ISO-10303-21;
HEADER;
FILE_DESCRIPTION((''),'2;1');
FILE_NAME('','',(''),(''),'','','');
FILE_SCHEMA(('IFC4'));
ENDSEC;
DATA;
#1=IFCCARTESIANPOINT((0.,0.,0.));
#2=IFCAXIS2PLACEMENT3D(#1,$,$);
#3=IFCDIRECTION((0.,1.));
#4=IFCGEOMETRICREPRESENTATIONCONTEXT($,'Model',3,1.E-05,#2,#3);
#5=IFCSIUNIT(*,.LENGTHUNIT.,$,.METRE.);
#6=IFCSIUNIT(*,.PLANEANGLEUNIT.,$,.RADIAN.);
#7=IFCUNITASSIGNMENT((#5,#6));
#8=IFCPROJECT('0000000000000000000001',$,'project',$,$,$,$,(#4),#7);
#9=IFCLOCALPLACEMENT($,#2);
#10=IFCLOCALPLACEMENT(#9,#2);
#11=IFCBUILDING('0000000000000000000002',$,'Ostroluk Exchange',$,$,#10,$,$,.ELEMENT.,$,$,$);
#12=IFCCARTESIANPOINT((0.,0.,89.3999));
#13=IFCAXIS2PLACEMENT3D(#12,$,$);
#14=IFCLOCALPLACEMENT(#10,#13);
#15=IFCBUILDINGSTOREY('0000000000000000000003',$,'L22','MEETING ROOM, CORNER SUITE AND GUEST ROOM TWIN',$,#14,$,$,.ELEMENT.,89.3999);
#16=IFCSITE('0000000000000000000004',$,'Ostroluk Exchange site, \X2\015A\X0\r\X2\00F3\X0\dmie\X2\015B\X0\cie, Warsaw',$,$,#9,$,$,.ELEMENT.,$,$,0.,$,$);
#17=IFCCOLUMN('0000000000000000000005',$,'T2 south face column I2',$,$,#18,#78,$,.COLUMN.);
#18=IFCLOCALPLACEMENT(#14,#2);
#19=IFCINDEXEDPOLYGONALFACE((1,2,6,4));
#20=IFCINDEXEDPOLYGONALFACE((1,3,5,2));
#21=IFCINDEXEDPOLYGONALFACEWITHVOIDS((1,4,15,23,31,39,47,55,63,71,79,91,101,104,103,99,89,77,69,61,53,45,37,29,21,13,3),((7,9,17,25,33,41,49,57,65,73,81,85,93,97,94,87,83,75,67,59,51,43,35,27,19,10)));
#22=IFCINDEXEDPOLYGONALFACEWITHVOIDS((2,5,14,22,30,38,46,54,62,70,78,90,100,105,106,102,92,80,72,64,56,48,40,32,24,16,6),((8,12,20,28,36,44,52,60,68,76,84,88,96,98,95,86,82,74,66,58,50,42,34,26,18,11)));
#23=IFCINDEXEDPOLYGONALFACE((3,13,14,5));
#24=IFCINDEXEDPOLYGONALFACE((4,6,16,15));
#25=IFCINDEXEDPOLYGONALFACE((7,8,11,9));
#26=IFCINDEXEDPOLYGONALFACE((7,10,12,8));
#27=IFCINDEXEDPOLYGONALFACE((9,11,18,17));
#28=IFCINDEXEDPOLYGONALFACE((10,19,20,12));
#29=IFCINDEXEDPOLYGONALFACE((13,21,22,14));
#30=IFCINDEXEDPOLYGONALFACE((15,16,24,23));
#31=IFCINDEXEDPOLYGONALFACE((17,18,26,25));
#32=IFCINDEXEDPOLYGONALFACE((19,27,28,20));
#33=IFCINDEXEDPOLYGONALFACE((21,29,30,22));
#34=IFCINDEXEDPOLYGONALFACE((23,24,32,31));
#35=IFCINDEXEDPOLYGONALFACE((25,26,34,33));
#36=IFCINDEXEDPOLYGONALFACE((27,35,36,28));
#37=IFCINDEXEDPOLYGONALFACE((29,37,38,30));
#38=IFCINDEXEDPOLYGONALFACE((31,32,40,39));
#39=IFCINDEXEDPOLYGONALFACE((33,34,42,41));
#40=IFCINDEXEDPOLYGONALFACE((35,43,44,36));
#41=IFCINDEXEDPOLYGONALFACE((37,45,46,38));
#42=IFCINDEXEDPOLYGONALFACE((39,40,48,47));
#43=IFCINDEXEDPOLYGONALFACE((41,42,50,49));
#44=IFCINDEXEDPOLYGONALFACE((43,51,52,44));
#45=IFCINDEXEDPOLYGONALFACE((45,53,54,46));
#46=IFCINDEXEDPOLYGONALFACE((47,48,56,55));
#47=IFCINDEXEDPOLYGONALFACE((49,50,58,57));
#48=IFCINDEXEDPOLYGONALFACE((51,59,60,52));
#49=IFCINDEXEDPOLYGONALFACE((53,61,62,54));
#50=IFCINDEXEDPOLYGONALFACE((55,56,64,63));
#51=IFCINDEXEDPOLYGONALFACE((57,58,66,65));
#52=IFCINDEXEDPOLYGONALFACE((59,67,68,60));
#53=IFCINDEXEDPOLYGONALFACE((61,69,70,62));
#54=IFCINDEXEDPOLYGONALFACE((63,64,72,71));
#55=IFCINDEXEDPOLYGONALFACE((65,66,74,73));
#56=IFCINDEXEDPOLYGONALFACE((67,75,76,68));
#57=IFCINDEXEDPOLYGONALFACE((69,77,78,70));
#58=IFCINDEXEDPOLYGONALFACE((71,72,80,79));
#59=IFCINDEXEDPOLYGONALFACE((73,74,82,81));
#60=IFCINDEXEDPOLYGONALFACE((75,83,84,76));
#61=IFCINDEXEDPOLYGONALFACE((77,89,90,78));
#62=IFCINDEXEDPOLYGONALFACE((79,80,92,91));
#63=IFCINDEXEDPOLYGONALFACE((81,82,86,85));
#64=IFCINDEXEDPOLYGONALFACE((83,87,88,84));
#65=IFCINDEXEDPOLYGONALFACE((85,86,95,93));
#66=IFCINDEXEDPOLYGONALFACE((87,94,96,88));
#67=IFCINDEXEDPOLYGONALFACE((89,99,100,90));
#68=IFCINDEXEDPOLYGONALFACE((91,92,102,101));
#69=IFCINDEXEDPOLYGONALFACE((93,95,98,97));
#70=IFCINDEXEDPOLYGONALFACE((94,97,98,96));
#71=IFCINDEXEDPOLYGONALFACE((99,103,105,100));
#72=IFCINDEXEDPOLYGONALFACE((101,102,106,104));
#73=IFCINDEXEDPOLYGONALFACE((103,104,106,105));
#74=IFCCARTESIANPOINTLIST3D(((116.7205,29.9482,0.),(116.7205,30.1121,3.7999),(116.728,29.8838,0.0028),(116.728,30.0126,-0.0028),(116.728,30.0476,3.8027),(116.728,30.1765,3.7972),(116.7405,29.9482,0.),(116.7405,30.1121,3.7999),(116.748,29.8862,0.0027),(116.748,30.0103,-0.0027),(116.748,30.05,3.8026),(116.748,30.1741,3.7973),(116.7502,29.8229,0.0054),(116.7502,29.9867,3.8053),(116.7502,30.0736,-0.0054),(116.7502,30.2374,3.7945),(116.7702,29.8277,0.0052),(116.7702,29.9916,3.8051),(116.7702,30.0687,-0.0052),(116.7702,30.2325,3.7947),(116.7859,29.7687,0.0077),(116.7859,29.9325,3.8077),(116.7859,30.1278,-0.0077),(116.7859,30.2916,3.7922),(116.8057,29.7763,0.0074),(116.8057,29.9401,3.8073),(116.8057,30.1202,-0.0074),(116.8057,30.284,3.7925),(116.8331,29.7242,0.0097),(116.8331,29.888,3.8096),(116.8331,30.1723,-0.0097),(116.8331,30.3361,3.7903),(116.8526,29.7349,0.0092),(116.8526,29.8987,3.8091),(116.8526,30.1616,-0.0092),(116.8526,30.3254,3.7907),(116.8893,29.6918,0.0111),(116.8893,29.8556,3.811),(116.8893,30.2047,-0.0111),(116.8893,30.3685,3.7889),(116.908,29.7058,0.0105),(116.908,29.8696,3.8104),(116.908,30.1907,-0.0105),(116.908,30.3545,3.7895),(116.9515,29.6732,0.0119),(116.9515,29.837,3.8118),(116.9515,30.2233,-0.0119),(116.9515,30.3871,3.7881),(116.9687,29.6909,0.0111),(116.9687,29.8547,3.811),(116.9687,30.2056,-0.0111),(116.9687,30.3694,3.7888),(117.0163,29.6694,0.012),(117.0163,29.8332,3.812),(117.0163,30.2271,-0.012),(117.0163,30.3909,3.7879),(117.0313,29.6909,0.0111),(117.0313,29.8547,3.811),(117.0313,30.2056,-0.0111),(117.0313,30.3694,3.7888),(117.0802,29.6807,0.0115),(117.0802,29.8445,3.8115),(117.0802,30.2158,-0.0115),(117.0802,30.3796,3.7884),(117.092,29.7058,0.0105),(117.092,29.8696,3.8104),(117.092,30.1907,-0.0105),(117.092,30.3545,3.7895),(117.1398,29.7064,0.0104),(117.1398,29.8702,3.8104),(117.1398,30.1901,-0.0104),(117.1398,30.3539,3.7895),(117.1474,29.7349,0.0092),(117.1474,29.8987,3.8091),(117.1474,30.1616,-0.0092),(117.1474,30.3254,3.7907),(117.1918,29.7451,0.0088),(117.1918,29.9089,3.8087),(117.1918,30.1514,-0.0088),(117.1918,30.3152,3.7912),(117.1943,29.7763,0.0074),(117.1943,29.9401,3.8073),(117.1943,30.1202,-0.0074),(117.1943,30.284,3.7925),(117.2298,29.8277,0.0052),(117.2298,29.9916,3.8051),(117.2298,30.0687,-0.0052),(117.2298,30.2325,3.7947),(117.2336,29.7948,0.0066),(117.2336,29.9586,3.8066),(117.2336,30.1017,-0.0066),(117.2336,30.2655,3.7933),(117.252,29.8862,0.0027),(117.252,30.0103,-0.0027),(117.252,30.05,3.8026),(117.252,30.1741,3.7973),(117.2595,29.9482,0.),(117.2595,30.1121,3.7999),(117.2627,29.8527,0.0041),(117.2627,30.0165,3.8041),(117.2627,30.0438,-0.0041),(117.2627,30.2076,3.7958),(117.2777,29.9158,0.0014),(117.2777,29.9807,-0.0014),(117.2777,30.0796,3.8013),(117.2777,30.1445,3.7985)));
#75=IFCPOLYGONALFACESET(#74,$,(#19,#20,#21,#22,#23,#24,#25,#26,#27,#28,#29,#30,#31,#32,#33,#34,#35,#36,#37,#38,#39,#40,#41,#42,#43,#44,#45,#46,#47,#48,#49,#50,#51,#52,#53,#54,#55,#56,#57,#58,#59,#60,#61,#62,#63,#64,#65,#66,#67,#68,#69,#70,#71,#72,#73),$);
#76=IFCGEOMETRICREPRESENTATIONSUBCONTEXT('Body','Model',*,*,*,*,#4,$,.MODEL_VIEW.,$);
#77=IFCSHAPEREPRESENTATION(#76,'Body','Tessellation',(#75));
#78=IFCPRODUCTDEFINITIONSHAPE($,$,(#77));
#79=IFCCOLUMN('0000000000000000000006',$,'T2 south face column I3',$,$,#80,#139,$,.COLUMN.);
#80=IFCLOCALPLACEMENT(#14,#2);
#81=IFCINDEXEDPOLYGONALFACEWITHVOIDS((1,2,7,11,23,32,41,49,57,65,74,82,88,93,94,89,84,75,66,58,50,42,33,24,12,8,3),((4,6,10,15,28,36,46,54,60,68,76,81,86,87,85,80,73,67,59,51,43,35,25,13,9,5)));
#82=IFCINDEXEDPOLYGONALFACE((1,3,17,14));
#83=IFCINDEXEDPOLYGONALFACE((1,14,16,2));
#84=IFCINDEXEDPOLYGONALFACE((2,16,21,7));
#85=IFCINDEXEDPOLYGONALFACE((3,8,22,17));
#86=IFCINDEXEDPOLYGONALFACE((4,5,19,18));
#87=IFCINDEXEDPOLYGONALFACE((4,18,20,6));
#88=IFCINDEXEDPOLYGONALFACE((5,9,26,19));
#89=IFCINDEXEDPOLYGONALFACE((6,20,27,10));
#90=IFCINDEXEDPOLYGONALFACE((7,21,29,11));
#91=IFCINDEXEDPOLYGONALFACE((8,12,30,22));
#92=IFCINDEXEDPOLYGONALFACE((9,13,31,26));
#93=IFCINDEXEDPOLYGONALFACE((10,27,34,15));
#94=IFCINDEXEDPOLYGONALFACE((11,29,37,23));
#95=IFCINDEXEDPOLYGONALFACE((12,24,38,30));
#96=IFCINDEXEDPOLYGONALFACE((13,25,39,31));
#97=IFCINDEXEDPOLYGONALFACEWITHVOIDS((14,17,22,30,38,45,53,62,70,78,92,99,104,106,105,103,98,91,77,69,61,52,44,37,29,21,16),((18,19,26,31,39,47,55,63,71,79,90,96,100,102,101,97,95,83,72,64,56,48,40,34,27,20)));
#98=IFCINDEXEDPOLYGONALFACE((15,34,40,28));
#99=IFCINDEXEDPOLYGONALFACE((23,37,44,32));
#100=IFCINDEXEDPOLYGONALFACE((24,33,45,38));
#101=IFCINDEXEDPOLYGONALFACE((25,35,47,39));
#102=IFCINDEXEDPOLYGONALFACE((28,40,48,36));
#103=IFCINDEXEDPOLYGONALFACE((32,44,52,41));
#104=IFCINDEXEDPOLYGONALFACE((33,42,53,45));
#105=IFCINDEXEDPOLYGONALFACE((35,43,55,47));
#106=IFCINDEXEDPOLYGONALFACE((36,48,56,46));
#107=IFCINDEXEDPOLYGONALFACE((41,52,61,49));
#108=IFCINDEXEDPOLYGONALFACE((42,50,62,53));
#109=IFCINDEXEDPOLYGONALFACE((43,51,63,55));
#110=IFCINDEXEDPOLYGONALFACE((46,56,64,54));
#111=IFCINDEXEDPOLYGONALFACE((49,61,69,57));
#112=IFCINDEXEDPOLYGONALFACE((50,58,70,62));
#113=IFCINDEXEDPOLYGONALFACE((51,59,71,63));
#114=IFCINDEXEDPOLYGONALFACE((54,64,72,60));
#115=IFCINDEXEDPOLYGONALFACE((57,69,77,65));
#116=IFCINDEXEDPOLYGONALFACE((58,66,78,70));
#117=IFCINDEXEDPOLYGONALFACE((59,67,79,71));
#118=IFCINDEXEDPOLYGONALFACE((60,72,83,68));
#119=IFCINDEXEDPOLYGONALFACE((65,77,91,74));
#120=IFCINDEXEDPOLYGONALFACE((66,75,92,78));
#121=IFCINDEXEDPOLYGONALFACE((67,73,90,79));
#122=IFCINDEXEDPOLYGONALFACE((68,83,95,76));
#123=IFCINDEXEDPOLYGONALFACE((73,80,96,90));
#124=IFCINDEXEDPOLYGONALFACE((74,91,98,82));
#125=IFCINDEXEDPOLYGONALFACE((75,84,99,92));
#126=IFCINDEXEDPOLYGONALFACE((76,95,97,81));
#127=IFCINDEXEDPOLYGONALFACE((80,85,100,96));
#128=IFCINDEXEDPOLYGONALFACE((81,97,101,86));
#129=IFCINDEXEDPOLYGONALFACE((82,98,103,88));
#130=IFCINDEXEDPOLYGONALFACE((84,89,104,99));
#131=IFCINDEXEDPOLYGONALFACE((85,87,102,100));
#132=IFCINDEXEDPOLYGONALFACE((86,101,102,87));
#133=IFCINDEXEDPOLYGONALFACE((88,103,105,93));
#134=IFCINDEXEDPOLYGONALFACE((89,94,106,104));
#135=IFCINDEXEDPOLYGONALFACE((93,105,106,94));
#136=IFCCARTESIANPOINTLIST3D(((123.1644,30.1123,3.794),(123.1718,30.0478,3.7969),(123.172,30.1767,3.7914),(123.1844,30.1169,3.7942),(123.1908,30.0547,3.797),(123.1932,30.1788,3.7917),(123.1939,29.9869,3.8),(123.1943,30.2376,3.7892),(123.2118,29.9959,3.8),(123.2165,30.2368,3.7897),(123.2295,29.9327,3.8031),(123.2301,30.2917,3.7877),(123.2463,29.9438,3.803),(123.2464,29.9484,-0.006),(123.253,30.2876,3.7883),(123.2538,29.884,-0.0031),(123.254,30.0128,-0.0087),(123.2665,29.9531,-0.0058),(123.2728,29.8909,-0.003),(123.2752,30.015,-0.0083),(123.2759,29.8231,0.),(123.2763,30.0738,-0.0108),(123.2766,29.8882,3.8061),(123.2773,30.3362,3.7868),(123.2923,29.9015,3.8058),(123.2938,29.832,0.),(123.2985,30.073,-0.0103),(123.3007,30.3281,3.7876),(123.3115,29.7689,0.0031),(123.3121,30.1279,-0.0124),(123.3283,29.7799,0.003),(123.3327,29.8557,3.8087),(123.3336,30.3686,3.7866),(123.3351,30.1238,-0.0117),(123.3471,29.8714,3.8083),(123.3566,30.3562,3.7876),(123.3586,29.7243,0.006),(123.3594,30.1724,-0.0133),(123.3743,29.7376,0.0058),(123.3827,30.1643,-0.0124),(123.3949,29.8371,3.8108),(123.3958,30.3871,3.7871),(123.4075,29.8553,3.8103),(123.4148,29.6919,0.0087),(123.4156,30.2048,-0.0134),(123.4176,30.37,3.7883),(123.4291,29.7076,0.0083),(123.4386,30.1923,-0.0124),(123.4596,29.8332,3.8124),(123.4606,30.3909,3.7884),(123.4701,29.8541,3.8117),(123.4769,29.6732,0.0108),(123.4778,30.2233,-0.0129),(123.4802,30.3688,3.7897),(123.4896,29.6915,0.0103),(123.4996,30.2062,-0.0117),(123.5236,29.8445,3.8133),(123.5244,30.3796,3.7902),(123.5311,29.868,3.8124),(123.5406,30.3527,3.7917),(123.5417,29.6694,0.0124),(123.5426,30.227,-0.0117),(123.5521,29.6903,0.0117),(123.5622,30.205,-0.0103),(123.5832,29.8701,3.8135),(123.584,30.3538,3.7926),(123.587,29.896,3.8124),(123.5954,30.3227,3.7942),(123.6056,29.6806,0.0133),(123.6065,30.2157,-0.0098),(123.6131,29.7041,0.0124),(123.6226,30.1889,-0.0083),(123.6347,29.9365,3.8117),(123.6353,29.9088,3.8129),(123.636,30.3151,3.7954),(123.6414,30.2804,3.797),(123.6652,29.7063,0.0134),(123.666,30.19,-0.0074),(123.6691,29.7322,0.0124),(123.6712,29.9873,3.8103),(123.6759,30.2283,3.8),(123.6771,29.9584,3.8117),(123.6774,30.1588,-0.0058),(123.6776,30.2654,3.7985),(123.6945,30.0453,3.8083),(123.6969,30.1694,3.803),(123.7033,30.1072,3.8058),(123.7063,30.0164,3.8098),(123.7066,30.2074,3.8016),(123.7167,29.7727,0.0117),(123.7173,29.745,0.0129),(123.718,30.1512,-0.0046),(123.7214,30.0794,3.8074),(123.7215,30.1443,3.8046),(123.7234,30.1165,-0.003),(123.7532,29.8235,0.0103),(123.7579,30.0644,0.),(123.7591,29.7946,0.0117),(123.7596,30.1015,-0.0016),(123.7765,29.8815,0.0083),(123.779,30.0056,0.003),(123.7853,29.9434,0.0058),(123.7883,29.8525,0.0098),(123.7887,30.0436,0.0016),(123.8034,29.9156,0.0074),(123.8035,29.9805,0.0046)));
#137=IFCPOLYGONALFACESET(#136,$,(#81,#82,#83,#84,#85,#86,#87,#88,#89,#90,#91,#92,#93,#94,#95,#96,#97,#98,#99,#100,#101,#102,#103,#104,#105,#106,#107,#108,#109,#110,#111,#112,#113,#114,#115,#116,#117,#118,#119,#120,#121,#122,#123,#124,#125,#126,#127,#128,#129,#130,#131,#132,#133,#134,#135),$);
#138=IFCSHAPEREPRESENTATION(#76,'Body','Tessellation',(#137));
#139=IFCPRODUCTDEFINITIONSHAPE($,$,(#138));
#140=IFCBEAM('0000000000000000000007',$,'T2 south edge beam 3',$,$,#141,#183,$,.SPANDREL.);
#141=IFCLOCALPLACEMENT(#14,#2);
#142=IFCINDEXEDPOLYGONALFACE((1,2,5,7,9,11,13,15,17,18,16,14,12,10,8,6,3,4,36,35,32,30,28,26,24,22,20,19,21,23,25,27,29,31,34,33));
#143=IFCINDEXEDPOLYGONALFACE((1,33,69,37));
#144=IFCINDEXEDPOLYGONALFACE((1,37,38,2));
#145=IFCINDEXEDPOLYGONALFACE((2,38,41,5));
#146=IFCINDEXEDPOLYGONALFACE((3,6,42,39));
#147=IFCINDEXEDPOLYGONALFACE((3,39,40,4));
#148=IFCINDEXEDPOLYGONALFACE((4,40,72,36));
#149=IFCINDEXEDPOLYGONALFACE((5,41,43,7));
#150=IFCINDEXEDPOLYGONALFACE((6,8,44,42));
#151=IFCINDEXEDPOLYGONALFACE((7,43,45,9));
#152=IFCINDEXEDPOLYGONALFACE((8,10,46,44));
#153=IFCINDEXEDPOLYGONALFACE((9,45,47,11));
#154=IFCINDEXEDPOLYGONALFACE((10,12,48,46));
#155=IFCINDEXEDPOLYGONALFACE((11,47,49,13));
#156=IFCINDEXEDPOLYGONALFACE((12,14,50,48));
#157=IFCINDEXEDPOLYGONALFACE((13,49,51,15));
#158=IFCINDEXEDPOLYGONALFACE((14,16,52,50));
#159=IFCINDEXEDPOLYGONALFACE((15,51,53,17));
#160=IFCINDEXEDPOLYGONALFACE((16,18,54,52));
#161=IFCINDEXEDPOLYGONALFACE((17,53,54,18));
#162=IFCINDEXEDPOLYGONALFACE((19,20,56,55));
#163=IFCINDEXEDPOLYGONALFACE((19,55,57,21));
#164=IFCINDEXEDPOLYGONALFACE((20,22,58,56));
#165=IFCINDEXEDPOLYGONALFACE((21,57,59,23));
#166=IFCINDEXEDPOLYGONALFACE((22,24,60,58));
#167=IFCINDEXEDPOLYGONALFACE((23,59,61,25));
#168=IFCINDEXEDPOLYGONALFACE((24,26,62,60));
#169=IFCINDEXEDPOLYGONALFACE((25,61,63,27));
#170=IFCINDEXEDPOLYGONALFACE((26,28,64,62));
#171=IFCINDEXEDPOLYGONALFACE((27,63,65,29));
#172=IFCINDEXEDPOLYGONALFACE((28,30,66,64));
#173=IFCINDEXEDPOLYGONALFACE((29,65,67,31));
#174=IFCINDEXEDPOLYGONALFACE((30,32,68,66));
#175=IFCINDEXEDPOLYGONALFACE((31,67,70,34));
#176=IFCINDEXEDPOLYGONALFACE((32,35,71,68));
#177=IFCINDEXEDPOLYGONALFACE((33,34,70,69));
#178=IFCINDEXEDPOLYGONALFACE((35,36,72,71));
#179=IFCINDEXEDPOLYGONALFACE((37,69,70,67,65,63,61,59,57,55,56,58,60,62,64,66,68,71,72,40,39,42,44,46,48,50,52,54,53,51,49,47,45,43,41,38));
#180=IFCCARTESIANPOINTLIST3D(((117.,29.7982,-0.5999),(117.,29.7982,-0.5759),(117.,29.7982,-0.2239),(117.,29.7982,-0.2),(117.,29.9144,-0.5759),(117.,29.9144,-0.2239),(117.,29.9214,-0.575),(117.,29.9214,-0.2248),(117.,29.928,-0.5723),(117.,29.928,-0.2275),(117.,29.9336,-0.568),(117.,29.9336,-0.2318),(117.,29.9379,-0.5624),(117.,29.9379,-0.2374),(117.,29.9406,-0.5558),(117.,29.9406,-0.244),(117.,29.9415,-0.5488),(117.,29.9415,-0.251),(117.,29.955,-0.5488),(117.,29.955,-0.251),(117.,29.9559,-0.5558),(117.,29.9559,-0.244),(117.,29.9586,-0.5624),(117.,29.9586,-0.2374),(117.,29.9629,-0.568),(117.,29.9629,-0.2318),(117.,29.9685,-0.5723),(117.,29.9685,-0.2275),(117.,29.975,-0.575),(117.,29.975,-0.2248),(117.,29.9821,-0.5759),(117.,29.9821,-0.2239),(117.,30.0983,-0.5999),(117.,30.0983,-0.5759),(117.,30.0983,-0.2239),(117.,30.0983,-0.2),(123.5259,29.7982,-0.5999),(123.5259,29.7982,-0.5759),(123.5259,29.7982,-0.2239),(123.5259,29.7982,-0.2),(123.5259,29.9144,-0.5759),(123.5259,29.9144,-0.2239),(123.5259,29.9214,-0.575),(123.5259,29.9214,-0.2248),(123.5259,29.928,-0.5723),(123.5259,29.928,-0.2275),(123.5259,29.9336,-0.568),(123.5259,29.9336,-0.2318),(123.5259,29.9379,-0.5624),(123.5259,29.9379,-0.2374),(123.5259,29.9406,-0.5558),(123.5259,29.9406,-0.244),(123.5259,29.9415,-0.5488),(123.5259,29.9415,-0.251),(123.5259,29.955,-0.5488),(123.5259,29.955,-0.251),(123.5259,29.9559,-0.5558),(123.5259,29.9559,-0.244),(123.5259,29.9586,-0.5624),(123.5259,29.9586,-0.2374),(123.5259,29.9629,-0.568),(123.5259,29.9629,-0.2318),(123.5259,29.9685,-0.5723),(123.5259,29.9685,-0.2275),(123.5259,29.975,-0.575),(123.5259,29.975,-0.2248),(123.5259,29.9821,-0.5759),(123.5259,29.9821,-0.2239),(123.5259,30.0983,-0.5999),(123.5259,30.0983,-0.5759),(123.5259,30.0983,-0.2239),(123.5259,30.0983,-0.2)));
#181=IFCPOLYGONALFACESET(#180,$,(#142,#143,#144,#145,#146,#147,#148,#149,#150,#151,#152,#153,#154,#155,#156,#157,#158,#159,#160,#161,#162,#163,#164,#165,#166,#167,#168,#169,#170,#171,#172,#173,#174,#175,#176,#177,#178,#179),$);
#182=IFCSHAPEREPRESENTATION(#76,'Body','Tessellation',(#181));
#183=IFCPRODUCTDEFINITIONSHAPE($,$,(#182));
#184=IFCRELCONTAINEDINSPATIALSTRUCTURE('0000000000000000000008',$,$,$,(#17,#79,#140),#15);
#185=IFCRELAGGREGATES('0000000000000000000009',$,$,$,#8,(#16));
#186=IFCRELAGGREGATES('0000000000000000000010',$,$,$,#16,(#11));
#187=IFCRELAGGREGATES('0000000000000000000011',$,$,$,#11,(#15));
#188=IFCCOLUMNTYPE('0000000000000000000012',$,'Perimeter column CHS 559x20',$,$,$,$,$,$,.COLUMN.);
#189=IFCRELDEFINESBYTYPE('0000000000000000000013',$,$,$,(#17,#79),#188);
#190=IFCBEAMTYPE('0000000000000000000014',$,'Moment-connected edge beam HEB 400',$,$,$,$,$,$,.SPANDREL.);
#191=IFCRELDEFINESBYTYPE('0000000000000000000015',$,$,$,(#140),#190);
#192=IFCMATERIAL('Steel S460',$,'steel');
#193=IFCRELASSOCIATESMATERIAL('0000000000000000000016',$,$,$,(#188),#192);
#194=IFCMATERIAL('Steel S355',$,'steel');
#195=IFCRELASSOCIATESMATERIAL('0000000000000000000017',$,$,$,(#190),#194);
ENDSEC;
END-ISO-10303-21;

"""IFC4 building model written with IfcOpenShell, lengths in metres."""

from ifc_helpers import new_model, si_unit, direction, frame, origin, origin_2d, place, context, subcontext, project, spatial, hollow_circle, i_section, extrude, material, material_profile, profile_set, type_object, element, save


model = new_model("IFC4")

# Units and contexts
model_context = context("Model", 3, precision=1e-05, world=origin(), true_north=direction((0.0, 1.0)))
body_context = subcontext(model_context, "Body", "Model", "MODEL_VIEW")
ifc_project = project(units=[si_unit("LENGTHUNIT", "METRE"), si_unit("PLANEANGLEUNIT", "RADIAN")], contexts=[model_context])

# Site, building, storey
site_placement = place(None, origin())
site = spatial("IfcSite", under=ifc_project, at=site_placement, Name="Ostroluk Exchange site, Śródmieście, Warsaw", CompositionType="ELEMENT", RefElevation=0.0)
building_placement = place(site_placement, origin())
building = spatial("IfcBuilding", under=site, at=building_placement, Name="Ostroluk Exchange", CompositionType="ELEMENT")
storey_placement = place(building_placement, frame((0.0, 0.0, 89.3999)))
storey = spatial("IfcBuildingStorey", under=building, at=storey_placement, Name="L22", Description="MEETING ROOM, CORNER SUITE AND GUEST ROOM TWIN", CompositionType="ELEMENT", Elevation=89.3999)

# Columns
ifc_material_1 = material(Name="Steel S460", Category="steel")
ifc_material_profile_1 = material_profile(ifc_material_1, hollow_circle(Radius=0.2795, WallThickness=0.02, at=origin_2d()), Name="CHS 559x20")
ifc_profile_set_1 = profile_set([ifc_material_profile_1], Name="Steel S460")
column_type = type_object("IfcColumnType", Name="Perimeter column CHS 559x20", PredefinedType="COLUMN", material=ifc_profile_set_1)
column_1_placement = place(storey_placement, frame((117.0, 29.9482, 0.0), z_axis=(0.0, 0.04307, 0.999072), x_axis=(-1.0, 0.0, 0.0)))
element("IfcColumn", 1, at=column_1_placement, inside=storey, type_object=column_type, Name="T2 south face column I2", PredefinedType="COLUMN", context=body_context, shape_type="SweptSolid", body=[
    extrude(hollow_circle(Radius=0.2795, WallThickness=0.02, at=origin_2d()), origin(), (0.0, 0.0, 1.0), 3.8035),
])
column_2_placement = place(storey_placement, frame((123.5259, 29.9482, 0.0), z_axis=(-0.021562, 0.04306, 0.99884), x_axis=(-0.894161, -0.447747, 0.0)))
element("IfcColumn", 2, at=column_2_placement, inside=storey, type_object=column_type, Name="T2 south face column I3", PredefinedType="COLUMN", context=body_context, shape_type="SweptSolid", body=[
    extrude(hollow_circle(Radius=0.2795, WallThickness=0.02, at=origin_2d()), origin(), (0.0, 0.0, 1.0), 3.8044),
])

# Beam
ifc_material_2 = material(Name="Steel S355", Category="steel")
ifc_material_profile_2 = material_profile(ifc_material_2, i_section(OverallWidth=0.3, OverallDepth=0.3999, WebThickness=0.0134, FlangeThickness=0.0239, FilletRadius=0.0271, at=origin_2d()), Name="HEB 400")
ifc_profile_set_2 = profile_set([ifc_material_profile_2], Name="Steel S355")
beam_type = type_object("IfcBeamType", Name="Moment-connected edge beam HEB 400", PredefinedType="SPANDREL", material=ifc_profile_set_2)
for number, where, z_axis, x_axis, name in (
    (3, (117.0, 29.9482, -0.3999), (1.0, 0.0, 0.0), (0.0, 1.0, 0.0), "T2 south edge beam 3"),
):
    element("IfcBeam", number, at=place(storey_placement, frame(where, z_axis=z_axis, x_axis=x_axis)), inside=storey, type_object=beam_type, Name=name, PredefinedType="SPANDREL", context=body_context, shape_type="SweptSolid", body=[
        extrude(i_section(OverallWidth=0.3, OverallDepth=0.3999, WebThickness=0.0134, FlangeThickness=0.0239, FilletRadius=0.0271, at=origin_2d()), origin(), (0.0, 0.0, 1.0), 6.5259),
    ])

save(model, "model.ifc")
